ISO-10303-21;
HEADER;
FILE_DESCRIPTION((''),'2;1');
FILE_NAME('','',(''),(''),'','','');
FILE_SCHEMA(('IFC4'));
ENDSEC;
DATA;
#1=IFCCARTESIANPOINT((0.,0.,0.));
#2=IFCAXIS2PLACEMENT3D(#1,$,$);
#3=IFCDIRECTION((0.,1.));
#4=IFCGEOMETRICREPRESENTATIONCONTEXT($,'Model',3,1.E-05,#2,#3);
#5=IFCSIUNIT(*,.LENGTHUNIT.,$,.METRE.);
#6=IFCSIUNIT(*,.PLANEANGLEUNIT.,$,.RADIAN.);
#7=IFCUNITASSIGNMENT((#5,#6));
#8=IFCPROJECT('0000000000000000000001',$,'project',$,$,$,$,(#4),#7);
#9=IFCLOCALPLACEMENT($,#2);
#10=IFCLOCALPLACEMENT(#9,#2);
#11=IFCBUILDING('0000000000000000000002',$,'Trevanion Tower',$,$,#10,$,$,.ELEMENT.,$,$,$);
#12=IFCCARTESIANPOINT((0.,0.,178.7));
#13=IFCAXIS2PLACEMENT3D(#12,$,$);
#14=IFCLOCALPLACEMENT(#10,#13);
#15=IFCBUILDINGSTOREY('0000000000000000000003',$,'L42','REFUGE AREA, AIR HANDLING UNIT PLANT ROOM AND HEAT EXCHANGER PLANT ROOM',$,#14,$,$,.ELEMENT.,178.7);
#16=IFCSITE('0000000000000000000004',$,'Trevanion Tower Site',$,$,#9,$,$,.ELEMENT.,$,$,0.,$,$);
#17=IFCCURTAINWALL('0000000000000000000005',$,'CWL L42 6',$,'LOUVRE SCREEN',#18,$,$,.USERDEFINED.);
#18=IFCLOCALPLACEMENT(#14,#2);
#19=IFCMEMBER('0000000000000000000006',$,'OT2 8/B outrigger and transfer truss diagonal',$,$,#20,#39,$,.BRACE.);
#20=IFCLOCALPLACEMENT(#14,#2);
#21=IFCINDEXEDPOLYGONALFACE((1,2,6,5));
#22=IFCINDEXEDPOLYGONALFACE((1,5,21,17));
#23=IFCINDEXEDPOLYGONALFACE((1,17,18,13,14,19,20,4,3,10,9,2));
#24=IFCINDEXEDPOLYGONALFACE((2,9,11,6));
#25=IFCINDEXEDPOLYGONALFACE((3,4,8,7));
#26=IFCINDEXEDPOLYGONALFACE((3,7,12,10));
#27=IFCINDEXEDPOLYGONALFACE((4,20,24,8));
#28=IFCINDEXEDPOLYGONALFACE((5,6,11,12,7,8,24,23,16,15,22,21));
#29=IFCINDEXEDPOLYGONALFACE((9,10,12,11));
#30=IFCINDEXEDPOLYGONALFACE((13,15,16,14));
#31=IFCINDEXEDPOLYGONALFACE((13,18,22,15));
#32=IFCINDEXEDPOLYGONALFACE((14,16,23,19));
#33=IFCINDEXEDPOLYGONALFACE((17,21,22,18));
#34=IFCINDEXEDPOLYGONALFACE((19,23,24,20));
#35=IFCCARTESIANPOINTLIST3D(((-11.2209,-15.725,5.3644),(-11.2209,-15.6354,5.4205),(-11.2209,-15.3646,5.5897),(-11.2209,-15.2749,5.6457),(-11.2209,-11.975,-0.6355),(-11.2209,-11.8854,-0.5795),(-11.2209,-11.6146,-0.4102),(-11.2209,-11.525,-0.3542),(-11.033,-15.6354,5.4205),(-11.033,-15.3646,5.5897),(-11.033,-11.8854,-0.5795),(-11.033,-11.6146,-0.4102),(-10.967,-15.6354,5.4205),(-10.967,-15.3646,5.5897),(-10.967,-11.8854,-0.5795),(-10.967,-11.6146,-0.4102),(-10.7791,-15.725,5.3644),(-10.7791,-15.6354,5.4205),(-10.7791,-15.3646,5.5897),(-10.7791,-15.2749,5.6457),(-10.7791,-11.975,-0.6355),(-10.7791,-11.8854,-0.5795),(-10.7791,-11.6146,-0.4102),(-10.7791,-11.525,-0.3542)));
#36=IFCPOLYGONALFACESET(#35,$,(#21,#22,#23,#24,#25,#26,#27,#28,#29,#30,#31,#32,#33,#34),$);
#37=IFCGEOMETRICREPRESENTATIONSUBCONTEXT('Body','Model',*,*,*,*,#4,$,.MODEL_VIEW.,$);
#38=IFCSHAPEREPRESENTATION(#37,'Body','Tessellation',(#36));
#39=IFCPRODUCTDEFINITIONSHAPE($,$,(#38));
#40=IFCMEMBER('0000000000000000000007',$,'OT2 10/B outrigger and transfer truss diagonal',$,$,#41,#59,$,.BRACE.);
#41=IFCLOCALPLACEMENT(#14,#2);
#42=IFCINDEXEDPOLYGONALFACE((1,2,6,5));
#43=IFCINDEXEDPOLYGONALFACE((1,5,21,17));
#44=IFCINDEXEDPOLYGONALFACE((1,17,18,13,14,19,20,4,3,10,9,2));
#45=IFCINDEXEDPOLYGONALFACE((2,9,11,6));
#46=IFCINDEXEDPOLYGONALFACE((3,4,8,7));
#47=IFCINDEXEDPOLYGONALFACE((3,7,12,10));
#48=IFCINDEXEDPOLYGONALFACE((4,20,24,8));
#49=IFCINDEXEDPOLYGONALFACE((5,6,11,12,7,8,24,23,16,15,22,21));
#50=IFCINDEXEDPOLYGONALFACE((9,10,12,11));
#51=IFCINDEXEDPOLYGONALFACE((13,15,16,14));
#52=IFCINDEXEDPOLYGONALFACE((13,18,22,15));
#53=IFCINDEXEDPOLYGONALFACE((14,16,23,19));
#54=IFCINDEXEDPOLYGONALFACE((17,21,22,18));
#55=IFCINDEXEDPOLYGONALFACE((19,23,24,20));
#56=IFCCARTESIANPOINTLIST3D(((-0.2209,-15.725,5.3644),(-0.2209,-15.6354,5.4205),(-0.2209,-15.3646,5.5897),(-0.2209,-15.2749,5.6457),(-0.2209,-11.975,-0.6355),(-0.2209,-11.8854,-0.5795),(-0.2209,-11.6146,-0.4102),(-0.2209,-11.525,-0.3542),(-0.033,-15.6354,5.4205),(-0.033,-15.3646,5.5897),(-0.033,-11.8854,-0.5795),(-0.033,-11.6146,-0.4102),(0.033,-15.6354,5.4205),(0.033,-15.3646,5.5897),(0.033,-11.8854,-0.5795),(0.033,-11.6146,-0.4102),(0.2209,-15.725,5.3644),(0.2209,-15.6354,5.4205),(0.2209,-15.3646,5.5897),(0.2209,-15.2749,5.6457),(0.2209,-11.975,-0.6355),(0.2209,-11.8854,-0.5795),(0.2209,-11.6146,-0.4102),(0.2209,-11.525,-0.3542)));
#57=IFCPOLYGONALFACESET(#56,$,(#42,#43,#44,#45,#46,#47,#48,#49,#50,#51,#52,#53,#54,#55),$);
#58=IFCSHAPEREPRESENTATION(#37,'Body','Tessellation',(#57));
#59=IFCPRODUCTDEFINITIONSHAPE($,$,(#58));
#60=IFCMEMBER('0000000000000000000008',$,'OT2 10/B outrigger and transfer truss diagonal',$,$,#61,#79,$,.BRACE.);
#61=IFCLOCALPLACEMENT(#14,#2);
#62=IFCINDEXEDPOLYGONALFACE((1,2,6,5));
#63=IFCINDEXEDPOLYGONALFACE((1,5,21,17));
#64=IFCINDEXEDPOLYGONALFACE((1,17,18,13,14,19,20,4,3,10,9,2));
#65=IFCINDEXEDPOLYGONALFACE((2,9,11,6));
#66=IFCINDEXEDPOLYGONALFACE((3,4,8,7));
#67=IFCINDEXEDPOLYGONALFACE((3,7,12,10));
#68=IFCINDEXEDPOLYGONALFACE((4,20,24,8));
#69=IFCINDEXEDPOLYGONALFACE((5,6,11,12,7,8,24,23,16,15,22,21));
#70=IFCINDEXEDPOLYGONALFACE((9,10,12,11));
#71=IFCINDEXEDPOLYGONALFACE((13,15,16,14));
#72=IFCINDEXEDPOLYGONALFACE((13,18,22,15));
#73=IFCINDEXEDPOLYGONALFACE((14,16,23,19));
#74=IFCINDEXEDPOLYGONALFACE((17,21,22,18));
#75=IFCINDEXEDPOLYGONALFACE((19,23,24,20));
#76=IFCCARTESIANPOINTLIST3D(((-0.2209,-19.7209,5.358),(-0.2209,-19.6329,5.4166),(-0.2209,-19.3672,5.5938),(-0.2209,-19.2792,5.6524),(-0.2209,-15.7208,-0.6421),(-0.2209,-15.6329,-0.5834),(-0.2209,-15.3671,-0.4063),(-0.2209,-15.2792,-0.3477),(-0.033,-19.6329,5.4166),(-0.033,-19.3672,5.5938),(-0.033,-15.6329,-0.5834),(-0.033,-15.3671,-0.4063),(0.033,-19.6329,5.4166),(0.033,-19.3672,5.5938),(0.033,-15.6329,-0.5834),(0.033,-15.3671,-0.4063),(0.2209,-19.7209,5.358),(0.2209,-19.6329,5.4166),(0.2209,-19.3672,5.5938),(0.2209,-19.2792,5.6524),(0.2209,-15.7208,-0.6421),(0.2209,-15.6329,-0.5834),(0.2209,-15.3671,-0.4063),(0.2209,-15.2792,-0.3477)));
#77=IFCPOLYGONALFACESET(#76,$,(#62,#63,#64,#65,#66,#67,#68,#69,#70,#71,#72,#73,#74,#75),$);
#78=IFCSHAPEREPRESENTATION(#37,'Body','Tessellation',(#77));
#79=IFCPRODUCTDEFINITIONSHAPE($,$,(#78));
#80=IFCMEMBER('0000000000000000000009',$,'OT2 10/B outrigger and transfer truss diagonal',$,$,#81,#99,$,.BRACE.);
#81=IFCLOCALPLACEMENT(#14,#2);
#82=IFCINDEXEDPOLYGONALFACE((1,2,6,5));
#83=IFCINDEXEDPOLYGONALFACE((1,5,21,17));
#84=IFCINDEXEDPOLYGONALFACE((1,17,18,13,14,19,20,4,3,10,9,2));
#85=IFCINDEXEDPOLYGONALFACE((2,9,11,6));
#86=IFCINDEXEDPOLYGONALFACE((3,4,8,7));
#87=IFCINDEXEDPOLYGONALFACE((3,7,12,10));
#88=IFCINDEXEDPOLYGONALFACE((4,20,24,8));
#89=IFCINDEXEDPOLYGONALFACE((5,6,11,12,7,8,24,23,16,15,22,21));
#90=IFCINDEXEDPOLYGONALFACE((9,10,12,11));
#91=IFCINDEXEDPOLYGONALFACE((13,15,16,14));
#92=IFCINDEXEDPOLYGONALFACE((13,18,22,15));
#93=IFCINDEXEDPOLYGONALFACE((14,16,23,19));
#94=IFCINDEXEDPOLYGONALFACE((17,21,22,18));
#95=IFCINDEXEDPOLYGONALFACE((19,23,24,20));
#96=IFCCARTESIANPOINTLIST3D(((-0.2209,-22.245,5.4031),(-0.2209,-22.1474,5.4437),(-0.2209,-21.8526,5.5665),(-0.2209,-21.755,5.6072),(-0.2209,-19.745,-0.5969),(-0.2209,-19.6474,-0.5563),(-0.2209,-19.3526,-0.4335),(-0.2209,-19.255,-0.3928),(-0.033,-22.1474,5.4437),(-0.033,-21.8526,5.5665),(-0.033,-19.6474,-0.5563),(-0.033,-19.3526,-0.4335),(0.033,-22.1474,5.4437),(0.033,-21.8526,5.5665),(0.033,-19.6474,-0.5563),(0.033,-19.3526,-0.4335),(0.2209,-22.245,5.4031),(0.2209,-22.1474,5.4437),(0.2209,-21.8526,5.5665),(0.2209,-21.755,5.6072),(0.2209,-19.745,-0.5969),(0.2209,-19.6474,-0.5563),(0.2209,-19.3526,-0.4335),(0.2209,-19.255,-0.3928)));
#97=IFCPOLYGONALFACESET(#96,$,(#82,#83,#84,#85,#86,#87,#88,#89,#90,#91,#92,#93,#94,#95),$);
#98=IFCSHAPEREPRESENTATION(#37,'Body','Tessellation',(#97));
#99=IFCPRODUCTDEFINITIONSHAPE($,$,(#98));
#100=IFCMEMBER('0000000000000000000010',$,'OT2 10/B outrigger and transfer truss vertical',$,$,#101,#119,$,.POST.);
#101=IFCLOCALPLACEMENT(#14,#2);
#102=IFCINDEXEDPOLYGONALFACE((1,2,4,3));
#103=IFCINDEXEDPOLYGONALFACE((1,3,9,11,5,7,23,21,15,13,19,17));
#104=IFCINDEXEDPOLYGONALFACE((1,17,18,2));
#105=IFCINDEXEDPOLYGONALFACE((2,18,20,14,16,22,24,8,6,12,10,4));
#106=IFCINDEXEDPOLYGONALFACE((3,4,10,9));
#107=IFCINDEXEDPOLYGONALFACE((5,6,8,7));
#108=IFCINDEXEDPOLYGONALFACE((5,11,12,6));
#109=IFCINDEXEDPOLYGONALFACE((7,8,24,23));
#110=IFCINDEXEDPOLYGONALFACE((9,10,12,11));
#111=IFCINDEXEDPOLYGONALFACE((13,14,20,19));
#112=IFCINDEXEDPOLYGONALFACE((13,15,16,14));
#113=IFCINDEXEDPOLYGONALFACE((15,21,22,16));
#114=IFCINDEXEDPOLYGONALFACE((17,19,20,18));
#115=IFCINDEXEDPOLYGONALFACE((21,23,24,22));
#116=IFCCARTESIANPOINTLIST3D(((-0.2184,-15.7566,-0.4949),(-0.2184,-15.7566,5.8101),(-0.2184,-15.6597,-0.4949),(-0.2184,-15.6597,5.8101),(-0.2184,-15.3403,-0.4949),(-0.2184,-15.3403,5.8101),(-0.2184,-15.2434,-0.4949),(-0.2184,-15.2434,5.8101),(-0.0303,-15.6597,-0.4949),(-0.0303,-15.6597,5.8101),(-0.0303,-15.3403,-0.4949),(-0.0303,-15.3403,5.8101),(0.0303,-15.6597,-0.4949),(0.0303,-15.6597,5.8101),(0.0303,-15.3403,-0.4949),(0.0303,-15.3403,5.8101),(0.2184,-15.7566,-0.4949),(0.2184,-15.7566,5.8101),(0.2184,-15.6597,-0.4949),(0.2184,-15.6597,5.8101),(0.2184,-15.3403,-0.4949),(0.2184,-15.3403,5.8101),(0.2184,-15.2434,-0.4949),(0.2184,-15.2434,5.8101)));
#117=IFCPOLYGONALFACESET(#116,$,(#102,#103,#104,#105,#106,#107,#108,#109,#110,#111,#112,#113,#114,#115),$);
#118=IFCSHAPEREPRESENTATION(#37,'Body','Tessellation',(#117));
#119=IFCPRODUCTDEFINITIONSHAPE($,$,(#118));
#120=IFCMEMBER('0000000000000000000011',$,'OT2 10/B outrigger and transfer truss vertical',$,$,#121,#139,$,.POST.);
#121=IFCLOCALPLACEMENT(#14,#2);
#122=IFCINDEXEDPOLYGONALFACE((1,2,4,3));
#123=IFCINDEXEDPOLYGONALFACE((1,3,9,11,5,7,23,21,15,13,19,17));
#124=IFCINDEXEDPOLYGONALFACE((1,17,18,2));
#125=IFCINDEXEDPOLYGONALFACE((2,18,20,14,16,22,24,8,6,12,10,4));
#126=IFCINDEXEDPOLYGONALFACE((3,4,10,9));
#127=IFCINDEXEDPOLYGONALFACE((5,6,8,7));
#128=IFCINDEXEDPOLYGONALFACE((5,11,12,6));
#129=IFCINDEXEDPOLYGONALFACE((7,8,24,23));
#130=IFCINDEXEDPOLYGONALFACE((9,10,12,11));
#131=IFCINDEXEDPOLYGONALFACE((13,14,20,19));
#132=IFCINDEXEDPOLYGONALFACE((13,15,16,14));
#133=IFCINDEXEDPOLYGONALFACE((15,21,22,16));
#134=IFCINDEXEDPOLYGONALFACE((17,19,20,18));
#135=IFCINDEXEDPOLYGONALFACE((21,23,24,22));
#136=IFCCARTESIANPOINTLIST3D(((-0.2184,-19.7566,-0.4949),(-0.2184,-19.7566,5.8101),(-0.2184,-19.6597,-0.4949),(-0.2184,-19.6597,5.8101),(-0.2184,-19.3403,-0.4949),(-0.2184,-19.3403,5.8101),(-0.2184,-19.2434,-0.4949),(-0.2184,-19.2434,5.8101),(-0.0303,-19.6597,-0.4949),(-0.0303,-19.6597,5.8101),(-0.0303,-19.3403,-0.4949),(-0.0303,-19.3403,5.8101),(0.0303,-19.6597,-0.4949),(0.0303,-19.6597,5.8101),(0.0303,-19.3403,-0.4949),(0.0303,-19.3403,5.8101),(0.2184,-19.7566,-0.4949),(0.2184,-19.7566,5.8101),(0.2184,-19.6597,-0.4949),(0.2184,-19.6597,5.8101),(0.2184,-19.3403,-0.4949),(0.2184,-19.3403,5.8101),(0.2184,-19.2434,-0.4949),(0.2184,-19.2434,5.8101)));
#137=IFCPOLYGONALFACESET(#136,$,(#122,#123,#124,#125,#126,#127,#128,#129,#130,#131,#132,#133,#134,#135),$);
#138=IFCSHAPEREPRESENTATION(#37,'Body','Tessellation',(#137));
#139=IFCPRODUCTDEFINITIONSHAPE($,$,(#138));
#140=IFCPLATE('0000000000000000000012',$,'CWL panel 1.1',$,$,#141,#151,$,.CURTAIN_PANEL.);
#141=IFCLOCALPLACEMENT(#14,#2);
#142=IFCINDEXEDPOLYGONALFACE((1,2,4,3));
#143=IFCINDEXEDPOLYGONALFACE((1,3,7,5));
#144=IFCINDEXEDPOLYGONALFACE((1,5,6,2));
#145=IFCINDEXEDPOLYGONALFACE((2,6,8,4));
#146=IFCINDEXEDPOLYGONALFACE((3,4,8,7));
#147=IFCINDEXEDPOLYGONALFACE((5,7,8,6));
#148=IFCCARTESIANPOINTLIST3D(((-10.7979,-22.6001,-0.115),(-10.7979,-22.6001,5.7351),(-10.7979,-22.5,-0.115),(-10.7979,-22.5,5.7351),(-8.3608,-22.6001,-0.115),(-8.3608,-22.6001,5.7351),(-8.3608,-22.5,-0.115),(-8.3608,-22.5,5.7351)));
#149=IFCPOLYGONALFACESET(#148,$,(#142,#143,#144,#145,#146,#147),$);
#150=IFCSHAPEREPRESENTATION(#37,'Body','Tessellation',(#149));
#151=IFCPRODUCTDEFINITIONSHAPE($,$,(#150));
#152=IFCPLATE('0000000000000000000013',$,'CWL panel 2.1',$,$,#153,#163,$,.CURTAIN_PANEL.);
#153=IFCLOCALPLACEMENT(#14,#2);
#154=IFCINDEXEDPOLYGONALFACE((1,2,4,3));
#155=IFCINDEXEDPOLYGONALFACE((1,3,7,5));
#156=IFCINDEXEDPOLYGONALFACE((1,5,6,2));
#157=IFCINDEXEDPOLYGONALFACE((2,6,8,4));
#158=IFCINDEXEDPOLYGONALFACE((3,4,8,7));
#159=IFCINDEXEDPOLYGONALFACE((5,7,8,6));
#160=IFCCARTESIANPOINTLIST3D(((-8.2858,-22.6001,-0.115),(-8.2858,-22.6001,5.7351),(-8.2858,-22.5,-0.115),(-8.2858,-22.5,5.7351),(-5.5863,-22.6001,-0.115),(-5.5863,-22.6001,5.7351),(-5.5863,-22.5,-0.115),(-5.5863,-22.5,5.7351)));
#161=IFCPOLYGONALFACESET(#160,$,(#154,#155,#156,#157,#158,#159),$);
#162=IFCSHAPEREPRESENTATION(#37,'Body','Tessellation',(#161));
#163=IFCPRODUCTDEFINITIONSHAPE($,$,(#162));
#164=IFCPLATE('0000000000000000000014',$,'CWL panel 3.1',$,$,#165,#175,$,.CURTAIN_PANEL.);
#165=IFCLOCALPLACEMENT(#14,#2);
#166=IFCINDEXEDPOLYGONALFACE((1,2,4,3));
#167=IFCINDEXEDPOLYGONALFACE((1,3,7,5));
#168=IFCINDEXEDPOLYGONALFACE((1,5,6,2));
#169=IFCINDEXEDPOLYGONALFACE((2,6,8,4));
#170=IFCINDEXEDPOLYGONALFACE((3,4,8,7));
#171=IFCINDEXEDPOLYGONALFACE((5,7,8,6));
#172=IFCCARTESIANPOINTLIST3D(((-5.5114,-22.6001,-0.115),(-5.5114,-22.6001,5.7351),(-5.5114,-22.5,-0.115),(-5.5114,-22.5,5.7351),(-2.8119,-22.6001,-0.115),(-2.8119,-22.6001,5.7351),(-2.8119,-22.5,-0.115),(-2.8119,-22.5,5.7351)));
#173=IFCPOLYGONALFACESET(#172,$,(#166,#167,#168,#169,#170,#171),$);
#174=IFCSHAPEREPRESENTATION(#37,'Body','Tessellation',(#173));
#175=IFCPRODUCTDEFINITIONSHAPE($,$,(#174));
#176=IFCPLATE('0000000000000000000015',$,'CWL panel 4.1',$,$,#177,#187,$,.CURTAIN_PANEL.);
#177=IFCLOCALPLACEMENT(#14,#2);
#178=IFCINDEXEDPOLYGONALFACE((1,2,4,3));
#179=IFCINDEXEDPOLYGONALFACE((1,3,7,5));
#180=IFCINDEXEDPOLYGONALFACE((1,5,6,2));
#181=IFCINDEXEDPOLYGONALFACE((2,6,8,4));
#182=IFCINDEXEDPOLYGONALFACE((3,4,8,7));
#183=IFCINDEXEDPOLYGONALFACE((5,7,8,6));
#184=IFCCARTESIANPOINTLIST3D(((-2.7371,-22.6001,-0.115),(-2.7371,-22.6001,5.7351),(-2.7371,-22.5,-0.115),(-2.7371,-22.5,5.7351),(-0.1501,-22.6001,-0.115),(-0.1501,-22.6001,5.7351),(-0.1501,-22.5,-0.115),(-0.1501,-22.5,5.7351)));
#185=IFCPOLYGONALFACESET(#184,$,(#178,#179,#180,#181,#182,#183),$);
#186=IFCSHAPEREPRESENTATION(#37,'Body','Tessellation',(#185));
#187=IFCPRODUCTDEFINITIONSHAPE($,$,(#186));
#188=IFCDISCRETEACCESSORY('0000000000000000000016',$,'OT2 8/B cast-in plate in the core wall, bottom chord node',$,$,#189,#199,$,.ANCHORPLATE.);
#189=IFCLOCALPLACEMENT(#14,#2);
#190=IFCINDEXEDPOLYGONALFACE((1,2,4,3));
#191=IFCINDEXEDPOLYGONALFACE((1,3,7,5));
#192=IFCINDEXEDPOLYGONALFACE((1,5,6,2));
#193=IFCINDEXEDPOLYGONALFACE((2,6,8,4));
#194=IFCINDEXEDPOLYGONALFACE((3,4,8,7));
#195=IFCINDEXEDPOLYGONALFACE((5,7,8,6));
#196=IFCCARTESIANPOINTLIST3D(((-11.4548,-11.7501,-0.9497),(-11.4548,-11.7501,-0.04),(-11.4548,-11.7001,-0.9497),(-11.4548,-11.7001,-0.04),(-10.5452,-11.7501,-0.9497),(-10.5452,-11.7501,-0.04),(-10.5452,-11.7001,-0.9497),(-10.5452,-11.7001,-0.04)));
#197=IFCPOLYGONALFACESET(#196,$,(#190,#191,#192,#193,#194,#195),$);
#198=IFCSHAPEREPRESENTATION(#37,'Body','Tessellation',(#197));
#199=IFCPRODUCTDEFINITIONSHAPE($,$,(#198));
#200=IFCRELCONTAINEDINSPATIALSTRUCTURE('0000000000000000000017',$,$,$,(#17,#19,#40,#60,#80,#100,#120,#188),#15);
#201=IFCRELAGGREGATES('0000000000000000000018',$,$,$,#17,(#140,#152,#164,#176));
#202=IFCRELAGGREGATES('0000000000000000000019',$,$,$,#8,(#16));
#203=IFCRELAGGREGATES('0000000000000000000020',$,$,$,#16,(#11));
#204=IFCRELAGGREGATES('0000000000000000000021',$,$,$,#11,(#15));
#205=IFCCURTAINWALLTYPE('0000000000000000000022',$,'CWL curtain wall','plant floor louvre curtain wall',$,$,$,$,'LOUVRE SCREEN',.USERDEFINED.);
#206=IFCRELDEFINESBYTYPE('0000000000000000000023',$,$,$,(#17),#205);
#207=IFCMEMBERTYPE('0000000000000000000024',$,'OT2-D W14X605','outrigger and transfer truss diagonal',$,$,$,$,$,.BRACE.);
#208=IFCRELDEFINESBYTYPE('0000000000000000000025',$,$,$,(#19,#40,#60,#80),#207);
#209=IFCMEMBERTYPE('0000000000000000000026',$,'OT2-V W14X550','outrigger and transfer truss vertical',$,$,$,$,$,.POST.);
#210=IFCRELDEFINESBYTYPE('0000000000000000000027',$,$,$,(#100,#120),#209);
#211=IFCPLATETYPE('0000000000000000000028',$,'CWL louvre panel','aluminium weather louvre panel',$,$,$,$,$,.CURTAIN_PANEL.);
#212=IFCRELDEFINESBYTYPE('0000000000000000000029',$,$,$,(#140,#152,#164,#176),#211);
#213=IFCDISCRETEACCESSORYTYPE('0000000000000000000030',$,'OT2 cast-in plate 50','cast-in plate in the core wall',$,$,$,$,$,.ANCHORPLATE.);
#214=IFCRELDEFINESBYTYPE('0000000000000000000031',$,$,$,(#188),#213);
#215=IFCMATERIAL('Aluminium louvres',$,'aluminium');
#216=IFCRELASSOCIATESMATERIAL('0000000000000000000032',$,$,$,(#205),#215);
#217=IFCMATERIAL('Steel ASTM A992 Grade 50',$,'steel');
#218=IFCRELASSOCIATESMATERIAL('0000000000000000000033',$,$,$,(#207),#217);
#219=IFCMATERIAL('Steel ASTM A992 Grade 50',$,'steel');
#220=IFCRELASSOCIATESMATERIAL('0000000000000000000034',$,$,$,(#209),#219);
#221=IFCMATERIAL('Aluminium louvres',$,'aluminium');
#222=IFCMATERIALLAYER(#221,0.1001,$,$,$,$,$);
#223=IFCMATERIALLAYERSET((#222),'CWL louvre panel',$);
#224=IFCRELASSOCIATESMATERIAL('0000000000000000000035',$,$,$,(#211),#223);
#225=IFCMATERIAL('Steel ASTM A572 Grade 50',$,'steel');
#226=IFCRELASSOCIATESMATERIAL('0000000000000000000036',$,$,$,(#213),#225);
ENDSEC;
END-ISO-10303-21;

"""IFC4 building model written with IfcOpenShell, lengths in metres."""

from ifc_helpers import new_model, si_unit, direction, frame, origin, origin_2d, place, context, subcontext, project, spatial, rectangle, i_section, extrude, material, layer, layer_set, material_profile, profile_set, type_object, element, aggregate, save


model = new_model("IFC4")

# Units and contexts
model_context = context("Model", 3, precision=1e-05, world=origin(), true_north=direction((0.0, 1.0)))
body_context = subcontext(model_context, "Body", "Model", "MODEL_VIEW")
ifc_project = project(units=[si_unit("LENGTHUNIT", "METRE"), si_unit("PLANEANGLEUNIT", "RADIAN")], contexts=[model_context])

# Site, building, storey
site_placement = place(None, origin())
site = spatial("IfcSite", under=ifc_project, at=site_placement, Name="Trevanion Tower Site", CompositionType="ELEMENT", RefElevation=0.0)
building_placement = place(site_placement, origin())
building = spatial("IfcBuilding", under=site, at=building_placement, Name="Trevanion Tower", CompositionType="ELEMENT")
storey_placement = place(building_placement, frame((0.0, 0.0, 178.7)))
storey = spatial("IfcBuildingStorey", under=building, at=storey_placement, Name="L42", Description="REFUGE AREA, AIR HANDLING UNIT PLANT ROOM AND HEAT EXCHANGER PLANT ROOM", CompositionType="ELEMENT", Elevation=178.7)

# Curtain wall
ifc_material_1 = material(Name="Aluminium louvres", Category="aluminium")
curtain_wall_type = type_object("IfcCurtainWallType", Name="CWL curtain wall", Description="plant floor louvre curtain wall", ElementType="LOUVRE SCREEN", PredefinedType="USERDEFINED", material=ifc_material_1)
curtain_wall_placement = place(storey_placement, origin())
curtain_wall = element("IfcCurtainWall", 1, at=curtain_wall_placement, inside=storey, type_object=curtain_wall_type, Name="CWL L42 6", ObjectType="LOUVRE SCREEN", PredefinedType="USERDEFINED")

# Members
ifc_material_2 = material(Name="Steel ASTM A992 Grade 50", Category="steel")
ifc_material_profile_1 = material_profile(ifc_material_2, i_section(OverallWidth=0.4419, OverallDepth=0.5308, WebThickness=0.0659, FlangeThickness=0.1057, at=origin_2d()), Name="W14X605")
ifc_profile_set_1 = profile_set([ifc_material_profile_1], Name="Steel ASTM A992 Grade 50")
member_type_1 = type_object("IfcMemberType", Name="OT2-D W14X605", Description="outrigger and transfer truss diagonal", PredefinedType="BRACE", material=ifc_profile_set_1)
for number, where, z_axis, x_axis, name in (
    (2, (-11.0, -11.75, -0.4949), (0.0, -0.529999, 0.847998), (1.0, 0.0, 0.0), "OT2 8/B outrigger and transfer truss diagonal"),
    (3, (0.0, -11.75, -0.4949), (0.0, -0.529999, 0.847998), (1.0, 0.0, 0.0), "OT2 10/B outrigger and transfer truss diagonal"),
):
    element("IfcMember", number, at=place(storey_placement, frame(where, z_axis=z_axis, x_axis=x_axis)), inside=storey, type_object=member_type_1, Name=name, PredefinedType="BRACE", context=body_context, shape_type="SweptSolid", body=[
        extrude(i_section(OverallWidth=0.4419, OverallDepth=0.5308, WebThickness=0.0659, FlangeThickness=0.1057, at=origin_2d()), origin(), (0.0, 0.0, 1.0), 7.0754),
    ])
member_1_placement = place(storey_placement, frame((0.0, -15.5, -0.4949), z_axis=(0.0, -0.5547, 0.83205), x_axis=(1.0, 0.0, 0.0)))
element("IfcMember", 4, at=member_1_placement, inside=storey, type_object=member_type_1, Name="OT2 10/B outrigger and transfer truss diagonal", PredefinedType="BRACE", context=body_context, shape_type="SweptSolid", body=[
    extrude(i_section(OverallWidth=0.4419, OverallDepth=0.5308, WebThickness=0.0659, FlangeThickness=0.1057, at=origin_2d()), origin(), (0.0, 0.0, 1.0), 7.2112),
])
member_2_placement = place(storey_placement, frame((0.0, -19.5, -0.4949), z_axis=(0.0, -0.384615, 0.923077), x_axis=(1.0, 0.0, 0.0)))
element("IfcMember", 5, at=member_2_placement, inside=storey, type_object=member_type_1, Name="OT2 10/B outrigger and transfer truss diagonal", PredefinedType="BRACE", context=body_context, shape_type="SweptSolid", body=[
    extrude(i_section(OverallWidth=0.4419, OverallDepth=0.5308, WebThickness=0.0659, FlangeThickness=0.1057, at=origin_2d()), origin(), (0.0, 0.0, 1.0), 6.5),
])
ifc_material_3 = material(Name="Steel ASTM A992 Grade 50", Category="steel")
ifc_material_profile_2 = material_profile(ifc_material_3, i_section(OverallWidth=0.4368, OverallDepth=0.5132, WebThickness=0.0605, FlangeThickness=0.0969, at=origin_2d()), Name="W14X550")
ifc_profile_set_2 = profile_set([ifc_material_profile_2], Name="Steel ASTM A992 Grade 50")
member_type_2 = type_object("IfcMemberType", Name="OT2-V W14X550", Description="outrigger and transfer truss vertical", PredefinedType="POST", material=ifc_profile_set_2)
for number, where, z_axis, x_axis, name in (
    (6, (0.0, -15.5, -0.4949), (0.0, 0.0, 1.0), (1.0, 0.0, 0.0), "OT2 10/B outrigger and transfer truss vertical"),
    (7, (0.0, -19.5, -0.4949), (0.0, 0.0, 1.0), (1.0, 0.0, 0.0), "OT2 10/B outrigger and transfer truss vertical"),
):
    element("IfcMember", number, at=place(storey_placement, frame(where, z_axis=z_axis, x_axis=x_axis)), inside=storey, type_object=member_type_2, Name=name, PredefinedType="POST", context=body_context, shape_type="SweptSolid", body=[
        extrude(i_section(OverallWidth=0.4368, OverallDepth=0.5132, WebThickness=0.0605, FlangeThickness=0.0969, at=origin_2d()), origin(), (0.0, 0.0, 1.0), 6.3049),
    ])

# Plates
ifc_material_4 = material(Name="Aluminium louvres", Category="aluminium")
ifc_layer = layer(ifc_material_4, 0.1001)
ifc_layer_set = layer_set([ifc_layer], Name="CWL louvre panel")
plate_type = type_object("IfcPlateType", Name="CWL louvre panel", Description="aluminium weather louvre panel", PredefinedType="CURTAIN_PANEL", material=ifc_layer_set)
plate_1_placement = place(storey_placement, frame((-9.5793, -22.55, -0.115), z_axis=(0.0, 0.0, 1.0), x_axis=(1.0, 0.0, 0.0)))
plate_1 = element("IfcPlate", 8, at=plate_1_placement, type_object=plate_type, Name="CWL panel 1.1", PredefinedType="CURTAIN_PANEL", context=body_context, shape_type="SweptSolid", body=[
    extrude(rectangle(XDim=2.437, YDim=0.1001, at=origin_2d()), origin(), (0.0, 0.0, 1.0), 5.8501),
])
plate_2_placement = place(storey_placement, frame((-6.936, -22.55, -0.115), z_axis=(0.0, 0.0, 1.0), x_axis=(1.0, 0.0, 0.0)))
plate_2 = element("IfcPlate", 9, at=plate_2_placement, type_object=plate_type, Name="CWL panel 2.1", PredefinedType="CURTAIN_PANEL", context=body_context, shape_type="SweptSolid", body=[
    extrude(rectangle(XDim=2.6995, YDim=0.1001, at=origin_2d()), origin(), (0.0, 0.0, 1.0), 5.8501),
])
plate_3_placement = place(storey_placement, frame((-4.1616, -22.55, -0.115), z_axis=(0.0, 0.0, 1.0), x_axis=(1.0, 0.0, 0.0)))
plate_3 = element("IfcPlate", 10, at=plate_3_placement, type_object=plate_type, Name="CWL panel 3.1", PredefinedType="CURTAIN_PANEL", context=body_context, shape_type="SweptSolid", body=[
    extrude(rectangle(XDim=2.6995, YDim=0.1001, at=origin_2d()), origin(), (0.0, 0.0, 1.0), 5.8501),
])
plate_4_placement = place(storey_placement, frame((-1.4436, -22.55, -0.115), z_axis=(0.0, 0.0, 1.0), x_axis=(1.0, 0.0, 0.0)))
plate_4 = element("IfcPlate", 11, at=plate_4_placement, type_object=plate_type, Name="CWL panel 4.1", PredefinedType="CURTAIN_PANEL", context=body_context, shape_type="SweptSolid", body=[
    extrude(rectangle(XDim=2.5869, YDim=0.1001, at=origin_2d()), origin(), (0.0, 0.0, 1.0), 5.8501),
])
aggregate(curtain_wall, [plate_1, plate_2, plate_3, plate_4])

# Discrete accessory
ifc_material_5 = material(Name="Steel ASTM A572 Grade 50", Category="steel")
discrete_accessory_type = type_object("IfcDiscreteAccessoryType", Name="OT2 cast-in plate 50", Description="cast-in plate in the core wall", PredefinedType="ANCHORPLATE", material=ifc_material_5)
discrete_accessory_placement = place(storey_placement, frame((-11.0, -11.7251, -0.9497), z_axis=(0.0, 0.0, 1.0), x_axis=(0.0, -1.0, 0.0)))
element("IfcDiscreteAccessory", 12, at=discrete_accessory_placement, inside=storey, type_object=discrete_accessory_type, Name="OT2 8/B cast-in plate in the core wall, bottom chord node", PredefinedType="ANCHORPLATE", context=body_context, shape_type="SweptSolid", body=[
    extrude(rectangle(XDim=0.05, YDim=0.9097, at=origin_2d()), origin(), (0.0, 0.0, 1.0), 0.9097),
])

save(model, "model.ifc")
